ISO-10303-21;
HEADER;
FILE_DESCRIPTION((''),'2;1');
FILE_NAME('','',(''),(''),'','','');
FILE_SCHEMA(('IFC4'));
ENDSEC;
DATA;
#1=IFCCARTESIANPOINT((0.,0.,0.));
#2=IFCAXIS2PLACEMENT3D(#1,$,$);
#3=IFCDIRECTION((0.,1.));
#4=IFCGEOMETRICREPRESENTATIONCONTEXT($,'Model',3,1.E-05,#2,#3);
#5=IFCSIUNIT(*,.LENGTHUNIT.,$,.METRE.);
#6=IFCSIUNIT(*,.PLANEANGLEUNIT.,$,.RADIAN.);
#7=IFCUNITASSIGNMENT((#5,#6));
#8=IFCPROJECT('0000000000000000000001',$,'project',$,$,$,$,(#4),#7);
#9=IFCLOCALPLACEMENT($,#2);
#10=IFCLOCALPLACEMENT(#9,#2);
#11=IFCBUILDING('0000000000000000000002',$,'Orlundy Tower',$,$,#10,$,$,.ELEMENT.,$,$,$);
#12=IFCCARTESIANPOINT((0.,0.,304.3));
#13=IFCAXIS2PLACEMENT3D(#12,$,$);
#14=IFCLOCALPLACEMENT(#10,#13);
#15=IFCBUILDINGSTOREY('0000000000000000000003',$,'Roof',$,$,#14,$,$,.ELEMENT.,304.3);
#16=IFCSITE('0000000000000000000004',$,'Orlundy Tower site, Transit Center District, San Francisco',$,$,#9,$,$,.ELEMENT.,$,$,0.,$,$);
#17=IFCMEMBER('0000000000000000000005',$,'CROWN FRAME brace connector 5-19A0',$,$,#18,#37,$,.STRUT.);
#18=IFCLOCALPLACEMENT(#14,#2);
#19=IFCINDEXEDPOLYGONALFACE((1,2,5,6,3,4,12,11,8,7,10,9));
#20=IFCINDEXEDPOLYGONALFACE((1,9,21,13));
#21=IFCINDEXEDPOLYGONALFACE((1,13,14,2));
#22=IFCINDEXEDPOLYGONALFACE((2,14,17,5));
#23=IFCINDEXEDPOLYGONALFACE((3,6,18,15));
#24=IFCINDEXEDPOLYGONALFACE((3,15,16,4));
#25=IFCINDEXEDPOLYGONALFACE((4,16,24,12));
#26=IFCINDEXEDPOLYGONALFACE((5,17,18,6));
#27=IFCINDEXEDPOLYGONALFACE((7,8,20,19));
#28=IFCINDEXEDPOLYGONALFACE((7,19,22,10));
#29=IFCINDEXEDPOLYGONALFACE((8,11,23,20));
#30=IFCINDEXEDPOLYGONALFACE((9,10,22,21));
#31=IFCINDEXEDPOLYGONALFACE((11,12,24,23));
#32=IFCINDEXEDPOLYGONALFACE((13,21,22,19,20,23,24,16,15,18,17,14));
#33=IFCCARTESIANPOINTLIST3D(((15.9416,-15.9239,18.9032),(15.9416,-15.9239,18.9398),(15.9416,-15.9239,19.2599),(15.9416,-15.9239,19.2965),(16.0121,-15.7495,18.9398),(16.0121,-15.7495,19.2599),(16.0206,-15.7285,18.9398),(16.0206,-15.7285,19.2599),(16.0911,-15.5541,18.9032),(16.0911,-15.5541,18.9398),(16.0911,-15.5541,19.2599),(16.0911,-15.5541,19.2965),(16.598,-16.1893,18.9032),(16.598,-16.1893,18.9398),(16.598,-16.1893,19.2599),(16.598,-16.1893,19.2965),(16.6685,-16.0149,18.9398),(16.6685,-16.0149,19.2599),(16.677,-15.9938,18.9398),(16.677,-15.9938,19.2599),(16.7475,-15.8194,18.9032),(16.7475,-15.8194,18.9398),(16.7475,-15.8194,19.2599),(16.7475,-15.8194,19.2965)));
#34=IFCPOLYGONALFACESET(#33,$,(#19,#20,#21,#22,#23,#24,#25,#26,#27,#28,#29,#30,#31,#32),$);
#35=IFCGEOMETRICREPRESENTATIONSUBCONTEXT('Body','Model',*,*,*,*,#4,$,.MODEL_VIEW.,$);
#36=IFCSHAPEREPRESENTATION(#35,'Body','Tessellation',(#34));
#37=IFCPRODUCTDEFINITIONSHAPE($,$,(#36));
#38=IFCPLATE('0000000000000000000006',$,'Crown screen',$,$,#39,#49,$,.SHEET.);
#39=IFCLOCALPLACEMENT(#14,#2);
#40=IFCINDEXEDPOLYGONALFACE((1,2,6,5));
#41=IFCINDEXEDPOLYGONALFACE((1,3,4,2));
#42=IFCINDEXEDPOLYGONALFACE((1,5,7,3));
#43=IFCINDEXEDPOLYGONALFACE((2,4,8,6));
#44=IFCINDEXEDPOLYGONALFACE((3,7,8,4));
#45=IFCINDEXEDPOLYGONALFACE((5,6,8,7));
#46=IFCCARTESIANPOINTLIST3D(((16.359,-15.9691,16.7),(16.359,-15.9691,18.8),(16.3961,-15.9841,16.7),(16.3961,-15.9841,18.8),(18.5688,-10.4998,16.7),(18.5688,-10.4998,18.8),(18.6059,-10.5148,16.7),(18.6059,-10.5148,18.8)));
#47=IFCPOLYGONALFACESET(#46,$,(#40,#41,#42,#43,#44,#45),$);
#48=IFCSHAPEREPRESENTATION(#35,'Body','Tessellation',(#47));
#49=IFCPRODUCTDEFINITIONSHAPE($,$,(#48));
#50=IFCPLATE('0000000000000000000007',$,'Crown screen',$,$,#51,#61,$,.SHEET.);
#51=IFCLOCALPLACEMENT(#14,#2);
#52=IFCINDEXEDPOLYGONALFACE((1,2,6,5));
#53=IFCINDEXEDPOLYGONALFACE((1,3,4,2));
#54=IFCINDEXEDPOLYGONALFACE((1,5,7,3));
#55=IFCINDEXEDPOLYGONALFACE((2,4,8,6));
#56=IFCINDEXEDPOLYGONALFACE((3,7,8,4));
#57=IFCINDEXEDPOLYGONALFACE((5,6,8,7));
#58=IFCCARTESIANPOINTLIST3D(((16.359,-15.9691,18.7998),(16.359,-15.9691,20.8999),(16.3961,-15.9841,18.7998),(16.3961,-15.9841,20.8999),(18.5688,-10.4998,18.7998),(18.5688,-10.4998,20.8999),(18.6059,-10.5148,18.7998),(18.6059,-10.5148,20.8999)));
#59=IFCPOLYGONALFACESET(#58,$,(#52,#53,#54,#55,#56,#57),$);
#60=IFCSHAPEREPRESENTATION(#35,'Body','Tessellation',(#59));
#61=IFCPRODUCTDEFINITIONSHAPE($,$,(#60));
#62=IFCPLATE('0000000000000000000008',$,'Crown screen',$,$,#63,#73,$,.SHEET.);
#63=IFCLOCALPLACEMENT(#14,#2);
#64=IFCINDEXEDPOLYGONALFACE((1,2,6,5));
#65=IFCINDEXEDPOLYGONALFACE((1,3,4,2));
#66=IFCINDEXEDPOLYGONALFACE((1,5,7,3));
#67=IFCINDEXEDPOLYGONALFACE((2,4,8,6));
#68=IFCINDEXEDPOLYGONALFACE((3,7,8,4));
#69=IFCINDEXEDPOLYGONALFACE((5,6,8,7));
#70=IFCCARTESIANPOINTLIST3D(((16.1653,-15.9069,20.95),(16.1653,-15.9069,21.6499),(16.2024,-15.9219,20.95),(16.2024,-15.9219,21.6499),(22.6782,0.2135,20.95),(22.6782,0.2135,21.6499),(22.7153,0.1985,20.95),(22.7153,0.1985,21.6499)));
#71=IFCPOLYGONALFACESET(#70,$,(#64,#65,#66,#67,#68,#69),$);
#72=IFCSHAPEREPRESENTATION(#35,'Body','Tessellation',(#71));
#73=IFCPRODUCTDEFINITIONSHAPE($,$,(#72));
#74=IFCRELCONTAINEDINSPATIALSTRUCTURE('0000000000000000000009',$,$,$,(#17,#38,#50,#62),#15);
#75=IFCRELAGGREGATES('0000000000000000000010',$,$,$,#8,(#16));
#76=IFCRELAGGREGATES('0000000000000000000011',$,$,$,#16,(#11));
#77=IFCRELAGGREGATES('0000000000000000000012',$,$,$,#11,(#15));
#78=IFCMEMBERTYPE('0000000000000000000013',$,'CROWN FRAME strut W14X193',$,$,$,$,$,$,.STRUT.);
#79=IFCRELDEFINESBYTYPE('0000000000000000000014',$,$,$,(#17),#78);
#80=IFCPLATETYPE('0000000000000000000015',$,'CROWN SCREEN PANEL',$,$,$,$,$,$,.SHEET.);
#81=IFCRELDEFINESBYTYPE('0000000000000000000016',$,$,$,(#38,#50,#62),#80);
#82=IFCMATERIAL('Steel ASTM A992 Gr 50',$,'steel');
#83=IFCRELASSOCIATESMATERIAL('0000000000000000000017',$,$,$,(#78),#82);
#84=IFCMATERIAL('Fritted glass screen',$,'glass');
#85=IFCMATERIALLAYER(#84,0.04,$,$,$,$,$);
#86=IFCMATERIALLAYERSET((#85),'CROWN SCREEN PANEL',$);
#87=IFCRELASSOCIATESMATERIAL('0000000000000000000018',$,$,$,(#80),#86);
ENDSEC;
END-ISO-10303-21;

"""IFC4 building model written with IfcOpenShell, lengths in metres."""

from ifc_helpers import new_model, si_unit, direction, frame, origin, origin_2d, place, context, subcontext, project, spatial, polyline, rectangle, i_section, outline, extrude, material, layer, layer_set, material_profile, profile_set, type_object, element, save


model = new_model("IFC4")

# Units and contexts
model_context = context("Model", 3, precision=1e-05, world=origin(), true_north=direction((0.0, 1.0)))
body_context = subcontext(model_context, "Body", "Model", "MODEL_VIEW")
ifc_project = project(units=[si_unit("LENGTHUNIT", "METRE"), si_unit("PLANEANGLEUNIT", "RADIAN")], contexts=[model_context])

# Site, building, storey
site_placement = place(None, origin())
site = spatial("IfcSite", under=ifc_project, at=site_placement, Name="Orlundy Tower site, Transit Center District, San Francisco", CompositionType="ELEMENT", RefElevation=0.0)
building_placement = place(site_placement, origin())
building = spatial("IfcBuilding", under=site, at=building_placement, Name="Orlundy Tower", CompositionType="ELEMENT")
storey_placement = place(building_placement, frame((0.0, 0.0, 304.3)))
storey = spatial("IfcBuildingStorey", under=building, at=storey_placement, Name="Roof", CompositionType="ELEMENT", Elevation=304.3)

# Member
ifc_material_1 = material(Name="Steel ASTM A992 Gr 50", Category="steel")
ifc_material_profile_1 = material_profile(ifc_material_1, i_section(OverallWidth=0.3989, OverallDepth=0.3933, WebThickness=0.0227, FlangeThickness=0.0366, at=origin_2d()), Name="W14X193")
ifc_profile_set_1 = profile_set([ifc_material_profile_1], Name="Steel ASTM A992 Gr 50")
member_type_1 = type_object("IfcMemberType", Name="CROWN FRAME strut W14X193", PredefinedType="STRUT", material=ifc_profile_set_1)
for number, where, z_axis, x_axis, name in (
    (1, (16.0164, -15.739, 19.0999), (0.927115, -0.374777, 0.0), (0.374777, 0.927115, 0.0), "CROWN FRAME brace connector 5-19A0"),
):
    element("IfcMember", number, at=place(storey_placement, frame(where, z_axis=z_axis, x_axis=x_axis)), inside=storey, type_object=member_type_1, Name=name, PredefinedType="STRUT", context=body_context, shape_type="SweptSolid", body=[
        extrude(i_section(OverallWidth=0.3989, OverallDepth=0.3933, WebThickness=0.0227, FlangeThickness=0.0366, at=origin_2d()), origin(), (0.0, 0.0, 1.0), 0.708),
    ])

# Plates
ifc_material_2 = material(Name="Fritted glass screen", Category="glass")
ifc_layer = layer(ifc_material_2, 0.04)
ifc_layer_set = layer_set([ifc_layer], Name="CROWN SCREEN PANEL")
plate_type = type_object("IfcPlateType", Name="CROWN SCREEN PANEL", PredefinedType="SHEET", material=ifc_layer_set)
for number, where, z_axis, x_axis, name in (
    (2, (17.4824, -13.2419, 16.7), (0.0, 0.0, 1.0), (0.374612, 0.927182, 0.0), "Crown screen"),
    (3, (17.4824, -13.2419, 18.7998), (0.0, 0.0, 1.0), (0.374612, 0.927182, 0.0), "Crown screen"),
):
    element("IfcPlate", number, at=place(storey_placement, frame(where, z_axis=z_axis, x_axis=x_axis)), inside=storey, type_object=plate_type, Name=name, PredefinedType="SHEET", context=body_context, shape_type="SweptSolid", body=[
        extrude(rectangle(XDim=5.8989, YDim=0.04, at=origin_2d()), origin(), (0.0, 0.0, 1.0), 2.1001),
    ])
plate_placement = place(storey_placement, frame((16.2024, -15.9219, 20.95), z_axis=(0.927186, -0.374601, 0.0), x_axis=(0.374601, 0.927186, 0.0)))
element("IfcPlate", 4, at=plate_placement, inside=storey, type_object=plate_type, Name="Crown screen", PredefinedType="SHEET", context=body_context, shape_type="SweptSolid", body=[
    extrude(outline(polyline([(0.0, 0.0), (17.3863, 0.0), (17.3863, 0.7), (0.0, 0.7), (0.0, 0.0)])), origin(), (0.0, 0.0, -1.0), 0.04),
])

save(model, "model.ifc")
